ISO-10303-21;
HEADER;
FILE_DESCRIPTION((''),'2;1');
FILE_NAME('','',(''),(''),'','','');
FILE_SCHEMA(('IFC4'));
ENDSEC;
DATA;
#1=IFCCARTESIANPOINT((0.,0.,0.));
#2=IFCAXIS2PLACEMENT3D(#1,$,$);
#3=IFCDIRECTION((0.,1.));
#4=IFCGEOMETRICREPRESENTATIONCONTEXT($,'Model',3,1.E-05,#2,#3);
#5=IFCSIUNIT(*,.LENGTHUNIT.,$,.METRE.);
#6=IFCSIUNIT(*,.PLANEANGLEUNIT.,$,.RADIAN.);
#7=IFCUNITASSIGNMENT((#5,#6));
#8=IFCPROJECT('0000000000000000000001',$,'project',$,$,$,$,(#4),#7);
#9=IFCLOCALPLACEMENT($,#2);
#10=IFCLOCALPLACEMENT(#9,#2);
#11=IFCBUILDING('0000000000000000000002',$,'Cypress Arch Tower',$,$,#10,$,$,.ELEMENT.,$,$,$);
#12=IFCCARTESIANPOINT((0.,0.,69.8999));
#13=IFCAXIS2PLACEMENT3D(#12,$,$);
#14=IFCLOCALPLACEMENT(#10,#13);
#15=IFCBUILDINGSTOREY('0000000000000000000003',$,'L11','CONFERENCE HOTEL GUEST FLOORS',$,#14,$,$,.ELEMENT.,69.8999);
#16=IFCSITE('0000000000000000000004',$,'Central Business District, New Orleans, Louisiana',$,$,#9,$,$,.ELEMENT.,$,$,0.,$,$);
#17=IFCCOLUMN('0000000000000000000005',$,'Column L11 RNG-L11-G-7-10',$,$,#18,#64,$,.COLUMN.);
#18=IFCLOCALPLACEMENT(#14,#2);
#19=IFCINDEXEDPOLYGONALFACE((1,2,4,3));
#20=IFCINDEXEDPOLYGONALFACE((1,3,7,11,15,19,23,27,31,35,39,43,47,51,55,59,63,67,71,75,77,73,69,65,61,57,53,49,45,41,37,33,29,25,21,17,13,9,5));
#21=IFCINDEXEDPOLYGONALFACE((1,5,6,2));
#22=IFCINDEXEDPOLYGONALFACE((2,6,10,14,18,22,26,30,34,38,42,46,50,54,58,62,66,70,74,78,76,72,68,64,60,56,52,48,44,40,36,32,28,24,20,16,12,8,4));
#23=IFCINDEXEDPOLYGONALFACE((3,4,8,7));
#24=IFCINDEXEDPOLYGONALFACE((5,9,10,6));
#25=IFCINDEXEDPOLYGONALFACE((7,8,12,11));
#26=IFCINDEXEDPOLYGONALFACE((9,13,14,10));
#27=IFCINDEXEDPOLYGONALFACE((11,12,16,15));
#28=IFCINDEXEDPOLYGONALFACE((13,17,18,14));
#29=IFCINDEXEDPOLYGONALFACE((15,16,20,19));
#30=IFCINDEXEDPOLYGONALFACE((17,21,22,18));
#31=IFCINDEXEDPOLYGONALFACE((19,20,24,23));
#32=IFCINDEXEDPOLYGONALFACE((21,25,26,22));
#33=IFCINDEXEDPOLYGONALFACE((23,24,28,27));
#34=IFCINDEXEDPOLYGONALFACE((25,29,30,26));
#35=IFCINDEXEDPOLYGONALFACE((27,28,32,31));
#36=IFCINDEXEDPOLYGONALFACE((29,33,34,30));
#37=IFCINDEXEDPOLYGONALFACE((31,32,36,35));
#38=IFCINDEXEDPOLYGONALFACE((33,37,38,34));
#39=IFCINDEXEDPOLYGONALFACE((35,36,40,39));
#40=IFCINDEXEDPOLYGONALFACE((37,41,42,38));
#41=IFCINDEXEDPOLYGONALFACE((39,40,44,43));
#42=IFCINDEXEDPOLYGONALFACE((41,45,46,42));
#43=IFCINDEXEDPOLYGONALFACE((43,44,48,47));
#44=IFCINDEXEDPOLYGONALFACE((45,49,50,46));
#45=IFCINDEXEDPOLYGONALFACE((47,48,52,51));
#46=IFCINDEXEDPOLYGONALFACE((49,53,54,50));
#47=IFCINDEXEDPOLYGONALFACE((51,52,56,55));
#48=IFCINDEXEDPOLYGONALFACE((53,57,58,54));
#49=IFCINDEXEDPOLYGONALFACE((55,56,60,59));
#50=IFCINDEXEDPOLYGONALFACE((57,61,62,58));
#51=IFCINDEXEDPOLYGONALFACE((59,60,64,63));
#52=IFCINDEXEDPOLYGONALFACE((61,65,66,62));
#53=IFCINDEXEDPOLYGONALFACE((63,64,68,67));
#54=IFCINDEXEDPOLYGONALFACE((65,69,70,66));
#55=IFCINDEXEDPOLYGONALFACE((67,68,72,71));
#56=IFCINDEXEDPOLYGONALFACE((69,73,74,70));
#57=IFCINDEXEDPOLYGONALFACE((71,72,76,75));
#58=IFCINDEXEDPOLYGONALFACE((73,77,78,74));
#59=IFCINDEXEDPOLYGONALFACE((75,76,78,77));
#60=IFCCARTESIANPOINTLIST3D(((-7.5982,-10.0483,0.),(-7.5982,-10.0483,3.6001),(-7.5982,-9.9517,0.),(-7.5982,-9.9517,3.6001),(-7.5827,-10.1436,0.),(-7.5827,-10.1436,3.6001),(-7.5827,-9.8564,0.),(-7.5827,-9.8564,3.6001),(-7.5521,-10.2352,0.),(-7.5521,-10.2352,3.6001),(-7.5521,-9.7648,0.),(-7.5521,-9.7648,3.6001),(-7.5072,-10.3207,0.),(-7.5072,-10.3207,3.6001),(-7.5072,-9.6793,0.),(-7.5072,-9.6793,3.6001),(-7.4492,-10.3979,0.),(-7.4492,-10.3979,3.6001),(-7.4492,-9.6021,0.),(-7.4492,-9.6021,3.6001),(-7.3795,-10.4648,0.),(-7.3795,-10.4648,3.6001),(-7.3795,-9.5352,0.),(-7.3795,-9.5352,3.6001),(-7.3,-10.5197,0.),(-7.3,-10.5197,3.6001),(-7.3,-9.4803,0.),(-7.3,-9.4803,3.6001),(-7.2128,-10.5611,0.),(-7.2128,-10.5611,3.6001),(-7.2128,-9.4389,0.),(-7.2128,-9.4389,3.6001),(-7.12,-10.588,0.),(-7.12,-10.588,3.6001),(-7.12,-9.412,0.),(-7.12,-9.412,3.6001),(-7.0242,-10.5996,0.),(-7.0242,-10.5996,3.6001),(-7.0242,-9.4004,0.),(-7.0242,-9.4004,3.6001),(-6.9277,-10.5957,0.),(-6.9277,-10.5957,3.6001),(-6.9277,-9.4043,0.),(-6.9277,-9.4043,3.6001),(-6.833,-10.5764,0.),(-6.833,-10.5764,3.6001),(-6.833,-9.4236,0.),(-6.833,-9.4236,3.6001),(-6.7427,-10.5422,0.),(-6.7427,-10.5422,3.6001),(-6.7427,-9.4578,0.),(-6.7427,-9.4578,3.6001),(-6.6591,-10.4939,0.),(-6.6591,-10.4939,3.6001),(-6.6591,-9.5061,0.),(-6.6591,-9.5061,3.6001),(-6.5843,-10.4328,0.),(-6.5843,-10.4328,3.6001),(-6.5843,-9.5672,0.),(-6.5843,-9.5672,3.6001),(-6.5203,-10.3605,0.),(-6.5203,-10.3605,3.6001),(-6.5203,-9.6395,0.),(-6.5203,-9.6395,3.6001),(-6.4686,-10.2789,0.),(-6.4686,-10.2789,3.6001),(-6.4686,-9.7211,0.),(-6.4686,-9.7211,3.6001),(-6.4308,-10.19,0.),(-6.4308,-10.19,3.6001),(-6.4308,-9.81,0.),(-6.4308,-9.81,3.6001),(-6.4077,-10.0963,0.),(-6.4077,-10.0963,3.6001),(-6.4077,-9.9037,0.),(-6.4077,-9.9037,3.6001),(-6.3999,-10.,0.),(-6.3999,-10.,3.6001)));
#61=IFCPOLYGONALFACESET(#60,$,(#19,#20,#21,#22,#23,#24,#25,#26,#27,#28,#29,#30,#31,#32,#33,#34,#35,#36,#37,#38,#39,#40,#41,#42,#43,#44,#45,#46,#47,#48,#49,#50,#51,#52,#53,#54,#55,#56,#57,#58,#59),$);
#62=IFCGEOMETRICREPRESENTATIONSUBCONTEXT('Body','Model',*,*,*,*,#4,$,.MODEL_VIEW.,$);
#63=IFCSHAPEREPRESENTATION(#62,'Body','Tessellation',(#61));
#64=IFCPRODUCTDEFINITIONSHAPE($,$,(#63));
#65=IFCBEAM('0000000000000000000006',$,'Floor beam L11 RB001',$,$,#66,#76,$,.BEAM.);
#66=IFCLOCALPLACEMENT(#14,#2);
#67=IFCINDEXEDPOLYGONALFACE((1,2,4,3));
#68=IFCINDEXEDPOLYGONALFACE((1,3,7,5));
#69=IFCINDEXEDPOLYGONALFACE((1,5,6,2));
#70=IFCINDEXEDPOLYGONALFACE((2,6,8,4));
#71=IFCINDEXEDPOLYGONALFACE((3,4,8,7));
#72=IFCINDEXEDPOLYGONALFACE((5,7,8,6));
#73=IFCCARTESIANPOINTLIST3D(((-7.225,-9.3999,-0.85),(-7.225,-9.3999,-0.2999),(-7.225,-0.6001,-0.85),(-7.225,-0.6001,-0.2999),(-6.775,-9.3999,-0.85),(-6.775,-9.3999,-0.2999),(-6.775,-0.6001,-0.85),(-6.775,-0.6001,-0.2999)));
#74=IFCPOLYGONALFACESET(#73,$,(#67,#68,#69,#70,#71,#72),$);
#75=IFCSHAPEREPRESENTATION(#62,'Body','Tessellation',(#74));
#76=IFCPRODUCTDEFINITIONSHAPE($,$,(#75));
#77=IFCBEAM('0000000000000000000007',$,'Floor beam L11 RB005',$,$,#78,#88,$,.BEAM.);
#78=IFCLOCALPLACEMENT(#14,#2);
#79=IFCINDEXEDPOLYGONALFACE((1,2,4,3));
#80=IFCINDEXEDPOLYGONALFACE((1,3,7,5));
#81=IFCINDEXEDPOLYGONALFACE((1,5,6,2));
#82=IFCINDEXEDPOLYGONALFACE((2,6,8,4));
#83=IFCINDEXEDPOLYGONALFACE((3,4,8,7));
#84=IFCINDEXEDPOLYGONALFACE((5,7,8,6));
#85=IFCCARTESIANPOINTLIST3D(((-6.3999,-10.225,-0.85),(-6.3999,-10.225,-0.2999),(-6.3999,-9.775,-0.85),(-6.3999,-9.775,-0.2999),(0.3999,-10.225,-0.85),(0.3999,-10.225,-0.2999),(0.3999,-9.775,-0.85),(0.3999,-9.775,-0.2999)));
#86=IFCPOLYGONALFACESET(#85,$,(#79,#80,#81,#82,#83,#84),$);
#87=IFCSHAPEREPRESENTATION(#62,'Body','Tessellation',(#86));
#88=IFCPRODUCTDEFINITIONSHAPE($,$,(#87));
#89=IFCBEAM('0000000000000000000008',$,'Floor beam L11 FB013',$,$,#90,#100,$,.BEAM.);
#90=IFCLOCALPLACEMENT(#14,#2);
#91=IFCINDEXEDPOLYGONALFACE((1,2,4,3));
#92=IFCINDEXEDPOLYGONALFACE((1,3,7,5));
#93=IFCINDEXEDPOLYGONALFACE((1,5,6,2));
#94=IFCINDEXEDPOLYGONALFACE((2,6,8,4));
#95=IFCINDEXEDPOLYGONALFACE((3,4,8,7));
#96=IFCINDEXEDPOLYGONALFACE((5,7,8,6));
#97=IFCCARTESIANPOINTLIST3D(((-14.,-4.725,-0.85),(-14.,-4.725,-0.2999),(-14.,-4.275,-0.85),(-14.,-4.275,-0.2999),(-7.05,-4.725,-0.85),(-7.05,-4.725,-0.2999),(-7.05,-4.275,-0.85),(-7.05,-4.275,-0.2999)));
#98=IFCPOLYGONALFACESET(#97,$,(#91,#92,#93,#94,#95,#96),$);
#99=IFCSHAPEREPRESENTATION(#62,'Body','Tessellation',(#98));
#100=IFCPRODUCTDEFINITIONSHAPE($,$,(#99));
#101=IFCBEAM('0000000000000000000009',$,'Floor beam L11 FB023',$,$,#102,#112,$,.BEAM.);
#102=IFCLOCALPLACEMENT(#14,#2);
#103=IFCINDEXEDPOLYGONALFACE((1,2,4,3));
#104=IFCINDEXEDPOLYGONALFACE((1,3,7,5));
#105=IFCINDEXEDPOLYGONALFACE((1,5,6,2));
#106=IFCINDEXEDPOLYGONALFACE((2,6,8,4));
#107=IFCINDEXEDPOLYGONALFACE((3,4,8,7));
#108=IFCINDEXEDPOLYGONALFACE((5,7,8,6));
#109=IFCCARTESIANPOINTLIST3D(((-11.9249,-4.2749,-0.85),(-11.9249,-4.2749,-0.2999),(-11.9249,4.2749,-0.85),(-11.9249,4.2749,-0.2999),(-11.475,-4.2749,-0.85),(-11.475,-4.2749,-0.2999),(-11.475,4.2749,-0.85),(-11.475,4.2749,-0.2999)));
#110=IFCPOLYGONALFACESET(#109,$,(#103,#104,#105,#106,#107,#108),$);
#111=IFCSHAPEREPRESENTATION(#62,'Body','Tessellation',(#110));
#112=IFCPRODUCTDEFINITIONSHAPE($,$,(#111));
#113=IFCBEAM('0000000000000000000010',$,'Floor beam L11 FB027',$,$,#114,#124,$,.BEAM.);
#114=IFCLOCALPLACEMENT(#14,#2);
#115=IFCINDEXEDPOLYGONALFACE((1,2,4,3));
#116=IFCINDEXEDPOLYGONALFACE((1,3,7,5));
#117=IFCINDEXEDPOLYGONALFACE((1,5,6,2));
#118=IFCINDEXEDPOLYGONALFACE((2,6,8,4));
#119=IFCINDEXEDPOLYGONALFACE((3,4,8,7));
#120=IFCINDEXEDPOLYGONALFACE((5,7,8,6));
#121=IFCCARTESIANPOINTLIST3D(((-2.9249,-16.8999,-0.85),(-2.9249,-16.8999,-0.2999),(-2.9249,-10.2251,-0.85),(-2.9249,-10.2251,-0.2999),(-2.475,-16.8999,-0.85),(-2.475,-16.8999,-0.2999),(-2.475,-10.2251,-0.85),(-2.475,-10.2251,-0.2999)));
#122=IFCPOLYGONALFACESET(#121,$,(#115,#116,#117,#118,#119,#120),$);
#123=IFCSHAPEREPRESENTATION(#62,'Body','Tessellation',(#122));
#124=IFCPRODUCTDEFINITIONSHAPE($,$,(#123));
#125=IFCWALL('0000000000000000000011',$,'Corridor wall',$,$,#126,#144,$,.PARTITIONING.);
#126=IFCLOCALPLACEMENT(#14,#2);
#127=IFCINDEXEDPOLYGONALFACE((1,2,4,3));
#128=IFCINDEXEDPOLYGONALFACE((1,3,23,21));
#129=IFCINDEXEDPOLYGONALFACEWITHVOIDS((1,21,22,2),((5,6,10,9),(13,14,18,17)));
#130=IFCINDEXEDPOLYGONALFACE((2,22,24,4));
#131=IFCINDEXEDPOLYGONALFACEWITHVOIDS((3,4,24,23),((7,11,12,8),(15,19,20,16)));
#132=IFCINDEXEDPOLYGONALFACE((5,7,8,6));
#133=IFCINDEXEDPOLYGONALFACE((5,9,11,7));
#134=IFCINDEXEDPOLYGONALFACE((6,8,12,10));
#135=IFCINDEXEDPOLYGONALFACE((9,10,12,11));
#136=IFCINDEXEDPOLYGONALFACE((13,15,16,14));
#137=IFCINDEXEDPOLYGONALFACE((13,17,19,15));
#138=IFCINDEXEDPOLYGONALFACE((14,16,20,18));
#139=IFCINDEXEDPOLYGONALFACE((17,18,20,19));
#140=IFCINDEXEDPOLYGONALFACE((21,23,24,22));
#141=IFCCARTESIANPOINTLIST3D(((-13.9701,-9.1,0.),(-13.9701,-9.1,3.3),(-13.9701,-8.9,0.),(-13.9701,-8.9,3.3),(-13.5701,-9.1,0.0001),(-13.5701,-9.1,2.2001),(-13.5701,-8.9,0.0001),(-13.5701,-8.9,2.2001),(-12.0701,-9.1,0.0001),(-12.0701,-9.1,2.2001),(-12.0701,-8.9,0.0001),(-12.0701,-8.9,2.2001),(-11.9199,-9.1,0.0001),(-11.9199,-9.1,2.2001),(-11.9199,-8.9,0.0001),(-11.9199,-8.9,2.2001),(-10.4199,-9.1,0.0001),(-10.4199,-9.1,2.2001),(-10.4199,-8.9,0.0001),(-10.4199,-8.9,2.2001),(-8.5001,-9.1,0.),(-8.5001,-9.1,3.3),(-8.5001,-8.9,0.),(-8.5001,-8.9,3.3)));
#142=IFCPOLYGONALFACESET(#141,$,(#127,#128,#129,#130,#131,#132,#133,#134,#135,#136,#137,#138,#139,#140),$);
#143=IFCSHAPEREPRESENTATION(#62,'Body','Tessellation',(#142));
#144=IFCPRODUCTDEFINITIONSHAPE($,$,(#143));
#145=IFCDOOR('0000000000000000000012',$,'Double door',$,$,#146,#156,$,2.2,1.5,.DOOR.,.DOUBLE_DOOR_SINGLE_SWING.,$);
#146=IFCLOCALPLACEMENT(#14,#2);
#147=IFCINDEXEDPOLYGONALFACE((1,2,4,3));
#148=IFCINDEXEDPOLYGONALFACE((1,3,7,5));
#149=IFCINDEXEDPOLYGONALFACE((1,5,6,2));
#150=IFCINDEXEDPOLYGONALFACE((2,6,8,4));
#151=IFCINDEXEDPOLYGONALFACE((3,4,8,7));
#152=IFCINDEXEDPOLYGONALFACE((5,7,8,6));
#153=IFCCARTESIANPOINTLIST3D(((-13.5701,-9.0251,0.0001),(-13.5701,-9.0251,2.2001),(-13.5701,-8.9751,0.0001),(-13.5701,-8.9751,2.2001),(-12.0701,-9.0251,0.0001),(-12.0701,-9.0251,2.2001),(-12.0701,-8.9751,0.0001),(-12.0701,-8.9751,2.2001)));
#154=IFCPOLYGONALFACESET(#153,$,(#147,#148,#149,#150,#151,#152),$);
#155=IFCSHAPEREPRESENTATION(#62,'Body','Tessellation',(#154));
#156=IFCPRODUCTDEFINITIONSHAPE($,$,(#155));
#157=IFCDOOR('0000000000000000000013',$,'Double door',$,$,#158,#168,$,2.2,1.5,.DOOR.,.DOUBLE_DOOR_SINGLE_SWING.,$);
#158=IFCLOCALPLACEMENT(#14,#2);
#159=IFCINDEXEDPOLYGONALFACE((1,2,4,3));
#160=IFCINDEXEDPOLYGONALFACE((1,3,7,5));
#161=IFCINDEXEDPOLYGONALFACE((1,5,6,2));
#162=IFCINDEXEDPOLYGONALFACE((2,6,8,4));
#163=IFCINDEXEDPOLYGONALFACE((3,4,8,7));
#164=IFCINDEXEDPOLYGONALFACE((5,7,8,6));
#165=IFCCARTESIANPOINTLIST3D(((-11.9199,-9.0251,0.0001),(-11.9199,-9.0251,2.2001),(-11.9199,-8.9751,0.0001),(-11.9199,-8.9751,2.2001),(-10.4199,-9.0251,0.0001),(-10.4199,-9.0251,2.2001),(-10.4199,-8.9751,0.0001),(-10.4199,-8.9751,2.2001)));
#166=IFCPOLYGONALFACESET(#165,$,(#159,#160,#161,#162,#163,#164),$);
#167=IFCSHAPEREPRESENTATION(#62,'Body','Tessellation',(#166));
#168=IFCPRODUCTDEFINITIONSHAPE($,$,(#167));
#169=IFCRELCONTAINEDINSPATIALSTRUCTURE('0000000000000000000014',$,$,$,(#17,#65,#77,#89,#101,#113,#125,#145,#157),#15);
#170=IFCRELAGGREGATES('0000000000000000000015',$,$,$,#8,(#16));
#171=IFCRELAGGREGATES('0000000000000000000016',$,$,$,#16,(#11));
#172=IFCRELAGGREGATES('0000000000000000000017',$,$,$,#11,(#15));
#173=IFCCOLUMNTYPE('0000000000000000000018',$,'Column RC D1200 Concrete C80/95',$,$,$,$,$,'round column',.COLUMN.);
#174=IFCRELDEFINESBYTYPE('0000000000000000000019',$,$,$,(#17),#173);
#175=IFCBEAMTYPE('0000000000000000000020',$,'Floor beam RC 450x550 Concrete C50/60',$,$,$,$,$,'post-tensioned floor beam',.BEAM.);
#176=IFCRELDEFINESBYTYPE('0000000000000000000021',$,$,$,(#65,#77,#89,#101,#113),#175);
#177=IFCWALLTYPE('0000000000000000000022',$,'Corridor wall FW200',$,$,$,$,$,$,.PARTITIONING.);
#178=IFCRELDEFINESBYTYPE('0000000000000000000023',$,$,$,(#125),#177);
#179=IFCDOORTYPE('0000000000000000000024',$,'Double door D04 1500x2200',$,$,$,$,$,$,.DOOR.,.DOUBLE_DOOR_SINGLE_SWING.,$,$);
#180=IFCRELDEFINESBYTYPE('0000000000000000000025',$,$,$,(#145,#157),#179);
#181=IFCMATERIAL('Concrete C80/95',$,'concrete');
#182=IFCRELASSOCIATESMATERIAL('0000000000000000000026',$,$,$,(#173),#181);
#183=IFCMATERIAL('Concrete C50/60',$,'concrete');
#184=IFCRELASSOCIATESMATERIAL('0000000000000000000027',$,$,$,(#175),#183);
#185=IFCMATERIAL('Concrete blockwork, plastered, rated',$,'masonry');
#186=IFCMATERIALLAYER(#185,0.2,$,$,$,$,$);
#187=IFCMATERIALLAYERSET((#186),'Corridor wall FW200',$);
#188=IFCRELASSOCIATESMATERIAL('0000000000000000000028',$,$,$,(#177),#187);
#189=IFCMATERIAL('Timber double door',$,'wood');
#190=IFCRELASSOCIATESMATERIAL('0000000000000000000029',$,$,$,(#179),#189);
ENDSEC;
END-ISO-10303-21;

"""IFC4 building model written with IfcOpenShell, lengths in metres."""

from ifc_helpers import new_model, si_unit, direction, frame, frame_2d, origin, origin_2d, place, context, subcontext, project, spatial, rectangle, circle, extrude, material, layer, layer_set, material_profile, profile_set, type_object, element, fill, save


model = new_model("IFC4")

# Units and contexts
model_context = context("Model", 3, precision=1e-05, world=origin(), true_north=direction((0.0, 1.0)))
body_context = subcontext(model_context, "Body", "Model", "MODEL_VIEW")
ifc_project = project(units=[si_unit("LENGTHUNIT", "METRE"), si_unit("PLANEANGLEUNIT", "RADIAN")], contexts=[model_context])

# Site, building, storey
site_placement = place(None, origin())
site = spatial("IfcSite", under=ifc_project, at=site_placement, Name="Central Business District, New Orleans, Louisiana", CompositionType="ELEMENT", RefElevation=0.0)
building_placement = place(site_placement, origin())
building = spatial("IfcBuilding", under=site, at=building_placement, Name="Cypress Arch Tower", CompositionType="ELEMENT")
storey_placement = place(building_placement, frame((0.0, 0.0, 69.8999)))
storey = spatial("IfcBuildingStorey", under=building, at=storey_placement, Name="L11", Description="CONFERENCE HOTEL GUEST FLOORS", CompositionType="ELEMENT", Elevation=69.8999)

# Column
ifc_material_1 = material(Name="Concrete C80/95", Category="concrete")
ifc_material_profile_1 = material_profile(ifc_material_1, circle(Radius=0.6001, at=origin_2d()), Name="RC D1200")
ifc_profile_set_1 = profile_set([ifc_material_profile_1], Name="Concrete C80/95")
column_type = type_object("IfcColumnType", Name="Column RC D1200 Concrete C80/95", ElementType="round column", PredefinedType="COLUMN", material=ifc_profile_set_1)
column_placement = place(storey_placement, frame((-7.0, -10.0, 0.0), z_axis=(0.0, 0.0, 1.0), x_axis=(1.0, 0.0, 0.0)))
element("IfcColumn", 1, at=column_placement, inside=storey, type_object=column_type, Name="Column L11 RNG-L11-G-7-10", PredefinedType="COLUMN", context=body_context, shape_type="SweptSolid", body=[
    extrude(circle(Radius=0.6001, at=origin_2d()), origin(), (0.0, 0.0, 1.0), 3.6001),
])

# Beams
ifc_material_2 = material(Name="Concrete C50/60", Category="concrete")
ifc_material_profile_2 = material_profile(ifc_material_2, rectangle(XDim=0.45, YDim=0.55, at=origin_2d()), Name="RC 450x550")
ifc_profile_set_2 = profile_set([ifc_material_profile_2], Name="Concrete C50/60")
beam_type = type_object("IfcBeamType", Name="Floor beam RC 450x550 Concrete C50/60", ElementType="post-tensioned floor beam", PredefinedType="BEAM", material=ifc_profile_set_2)
beam_1_placement = place(storey_placement, frame((-7.0, -9.3999, -0.575), z_axis=(0.0, 1.0, 0.0), x_axis=(-1.0, 0.0, 0.0)))
element("IfcBeam", 2, at=beam_1_placement, inside=storey, type_object=beam_type, Name="Floor beam L11 RB001", PredefinedType="BEAM", context=body_context, shape_type="SweptSolid", body=[
    extrude(rectangle(XDim=0.45, YDim=0.55, at=origin_2d()), origin(), (0.0, 0.0, 1.0), 8.7998),
])
beam_2_placement = place(storey_placement, frame((-6.3999, -10.0, -0.575), z_axis=(1.0, 0.0, 0.0), x_axis=(0.0, 1.0, 0.0)))
element("IfcBeam", 3, at=beam_2_placement, inside=storey, type_object=beam_type, Name="Floor beam L11 RB005", PredefinedType="BEAM", context=body_context, shape_type="SweptSolid", body=[
    extrude(rectangle(XDim=0.45, YDim=0.55, at=origin_2d()), origin(), (0.0, 0.0, 1.0), 6.7998),
])
beam_3_placement = place(storey_placement, frame((-14.0, -4.5, -0.575), z_axis=(1.0, 0.0, 0.0), x_axis=(0.0, 1.0, 0.0)))
element("IfcBeam", 4, at=beam_3_placement, inside=storey, type_object=beam_type, Name="Floor beam L11 FB013", PredefinedType="BEAM", context=body_context, shape_type="SweptSolid", body=[
    extrude(rectangle(XDim=0.45, YDim=0.55, at=origin_2d()), origin(), (0.0, 0.0, 1.0), 6.95),
])
beam_4_placement = place(storey_placement, frame((-11.7, -4.2749, -0.575), z_axis=(0.0, 1.0, 0.0), x_axis=(-1.0, 0.0, 0.0)))
element("IfcBeam", 5, at=beam_4_placement, inside=storey, type_object=beam_type, Name="Floor beam L11 FB023", PredefinedType="BEAM", context=body_context, shape_type="SweptSolid", body=[
    extrude(rectangle(XDim=0.45, YDim=0.55, at=origin_2d()), origin(), (0.0, 0.0, 1.0), 8.5498),
])
beam_5_placement = place(storey_placement, frame((-2.7, -16.8999, -0.575), z_axis=(0.0, 1.0, 0.0), x_axis=(-1.0, 0.0, 0.0)))
element("IfcBeam", 6, at=beam_5_placement, inside=storey, type_object=beam_type, Name="Floor beam L11 FB027", PredefinedType="BEAM", context=body_context, shape_type="SweptSolid", body=[
    extrude(rectangle(XDim=0.45, YDim=0.55, at=origin_2d()), origin(), (0.0, 0.0, 1.0), 6.6748),
])

# Wall, openings, doors
ifc_material_3 = material(Name="Concrete blockwork, plastered, rated", Category="masonry")
ifc_layer_1 = layer(ifc_material_3, 0.2)
ifc_layer_set_1 = layer_set([ifc_layer_1], Name="Corridor wall FW200")
wall_type_1 = type_object("IfcWallType", Name="Corridor wall FW200", PredefinedType="PARTITIONING", material=ifc_layer_set_1)
wall_1_placement = place(storey_placement, frame((-13.97, -9.0, 0.0), z_axis=(0.0, 0.0, 1.0), x_axis=(1.0, 0.0, 0.0)))
wall_1 = element("IfcWall", 7, at=wall_1_placement, inside=storey, type_object=wall_type_1, Name="Corridor wall", PredefinedType="PARTITIONING", context=body_context, shape_type="SweptSolid", body=[
    extrude(rectangle(XDim=5.47, YDim=0.2, at=frame_2d((2.7349, 0.0))), origin(), (0.0, 0.0, 1.0), 3.3),
])
opening_1_placement = place(wall_1_placement, frame((0.3999, 0.0, 0.0)))
opening_1 = element("IfcOpeningElement", 8, at=opening_1_placement, cuts=wall_1, PredefinedType="OPENING", context=body_context, shape_type="SweptSolid", body=[
    extrude(rectangle(XDim=1.5, YDim=2.2, at=frame_2d((0.75, 1.1001))), frame((0.0, 0.1099, 0.0), z_axis=(0.0, -1.0, 0.0), x_axis=(1.0, 0.0, 0.0)), (0.0, 0.0, 1.0), 0.22),
])
opening_2_placement = place(wall_1_placement, frame((2.05, 0.0, 0.0)))
opening_2 = element("IfcOpeningElement", 9, at=opening_2_placement, cuts=wall_1, PredefinedType="OPENING", context=body_context, shape_type="SweptSolid", body=[
    extrude(rectangle(XDim=1.5, YDim=2.2, at=frame_2d((0.75, 1.1001))), frame((0.0, 0.1099, 0.0), z_axis=(0.0, -1.0, 0.0), x_axis=(1.0, 0.0, 0.0)), (0.0, 0.0, 1.0), 0.22),
])
ifc_material_4 = material(Name="Timber double door", Category="wood")
door_type_1 = type_object("IfcDoorType", Name="Double door D04 1500x2200", OperationType="DOUBLE_DOOR_SINGLE_SWING", PredefinedType="DOOR", material=ifc_material_4)
door_1_placement = place(opening_1_placement, origin())
door_1 = element("IfcDoor", 10, at=door_1_placement, inside=storey, type_object=door_type_1, Name="Double door", OperationType="DOUBLE_DOOR_SINGLE_SWING", OverallHeight=2.2, OverallWidth=1.5, PredefinedType="DOOR", context=body_context, shape_type="SweptSolid", body=[
    extrude(rectangle(XDim=1.5, YDim=2.2, at=frame_2d((0.75, 1.1001))), frame((0.0, 0.0249, 0.0), z_axis=(0.0, -1.0, 0.0), x_axis=(1.0, 0.0, 0.0)), (0.0, 0.0, 1.0), 0.05),
])
fill(opening_1, door_1)
door_2_placement = place(opening_2_placement, origin())
door_2 = element("IfcDoor", 11, at=door_2_placement, inside=storey, type_object=door_type_1, Name="Double door", OperationType="DOUBLE_DOOR_SINGLE_SWING", OverallHeight=2.2, OverallWidth=1.5, PredefinedType="DOOR", context=body_context, shape_type="SweptSolid", body=[
    extrude(rectangle(XDim=1.5, YDim=2.2, at=frame_2d((0.75, 1.1001))), frame((0.0, 0.0249, 0.0), z_axis=(0.0, -1.0, 0.0), x_axis=(1.0, 0.0, 0.0)), (0.0, 0.0, 1.0), 0.05),
])
fill(opening_2, door_2)

save(model, "model.ifc")
